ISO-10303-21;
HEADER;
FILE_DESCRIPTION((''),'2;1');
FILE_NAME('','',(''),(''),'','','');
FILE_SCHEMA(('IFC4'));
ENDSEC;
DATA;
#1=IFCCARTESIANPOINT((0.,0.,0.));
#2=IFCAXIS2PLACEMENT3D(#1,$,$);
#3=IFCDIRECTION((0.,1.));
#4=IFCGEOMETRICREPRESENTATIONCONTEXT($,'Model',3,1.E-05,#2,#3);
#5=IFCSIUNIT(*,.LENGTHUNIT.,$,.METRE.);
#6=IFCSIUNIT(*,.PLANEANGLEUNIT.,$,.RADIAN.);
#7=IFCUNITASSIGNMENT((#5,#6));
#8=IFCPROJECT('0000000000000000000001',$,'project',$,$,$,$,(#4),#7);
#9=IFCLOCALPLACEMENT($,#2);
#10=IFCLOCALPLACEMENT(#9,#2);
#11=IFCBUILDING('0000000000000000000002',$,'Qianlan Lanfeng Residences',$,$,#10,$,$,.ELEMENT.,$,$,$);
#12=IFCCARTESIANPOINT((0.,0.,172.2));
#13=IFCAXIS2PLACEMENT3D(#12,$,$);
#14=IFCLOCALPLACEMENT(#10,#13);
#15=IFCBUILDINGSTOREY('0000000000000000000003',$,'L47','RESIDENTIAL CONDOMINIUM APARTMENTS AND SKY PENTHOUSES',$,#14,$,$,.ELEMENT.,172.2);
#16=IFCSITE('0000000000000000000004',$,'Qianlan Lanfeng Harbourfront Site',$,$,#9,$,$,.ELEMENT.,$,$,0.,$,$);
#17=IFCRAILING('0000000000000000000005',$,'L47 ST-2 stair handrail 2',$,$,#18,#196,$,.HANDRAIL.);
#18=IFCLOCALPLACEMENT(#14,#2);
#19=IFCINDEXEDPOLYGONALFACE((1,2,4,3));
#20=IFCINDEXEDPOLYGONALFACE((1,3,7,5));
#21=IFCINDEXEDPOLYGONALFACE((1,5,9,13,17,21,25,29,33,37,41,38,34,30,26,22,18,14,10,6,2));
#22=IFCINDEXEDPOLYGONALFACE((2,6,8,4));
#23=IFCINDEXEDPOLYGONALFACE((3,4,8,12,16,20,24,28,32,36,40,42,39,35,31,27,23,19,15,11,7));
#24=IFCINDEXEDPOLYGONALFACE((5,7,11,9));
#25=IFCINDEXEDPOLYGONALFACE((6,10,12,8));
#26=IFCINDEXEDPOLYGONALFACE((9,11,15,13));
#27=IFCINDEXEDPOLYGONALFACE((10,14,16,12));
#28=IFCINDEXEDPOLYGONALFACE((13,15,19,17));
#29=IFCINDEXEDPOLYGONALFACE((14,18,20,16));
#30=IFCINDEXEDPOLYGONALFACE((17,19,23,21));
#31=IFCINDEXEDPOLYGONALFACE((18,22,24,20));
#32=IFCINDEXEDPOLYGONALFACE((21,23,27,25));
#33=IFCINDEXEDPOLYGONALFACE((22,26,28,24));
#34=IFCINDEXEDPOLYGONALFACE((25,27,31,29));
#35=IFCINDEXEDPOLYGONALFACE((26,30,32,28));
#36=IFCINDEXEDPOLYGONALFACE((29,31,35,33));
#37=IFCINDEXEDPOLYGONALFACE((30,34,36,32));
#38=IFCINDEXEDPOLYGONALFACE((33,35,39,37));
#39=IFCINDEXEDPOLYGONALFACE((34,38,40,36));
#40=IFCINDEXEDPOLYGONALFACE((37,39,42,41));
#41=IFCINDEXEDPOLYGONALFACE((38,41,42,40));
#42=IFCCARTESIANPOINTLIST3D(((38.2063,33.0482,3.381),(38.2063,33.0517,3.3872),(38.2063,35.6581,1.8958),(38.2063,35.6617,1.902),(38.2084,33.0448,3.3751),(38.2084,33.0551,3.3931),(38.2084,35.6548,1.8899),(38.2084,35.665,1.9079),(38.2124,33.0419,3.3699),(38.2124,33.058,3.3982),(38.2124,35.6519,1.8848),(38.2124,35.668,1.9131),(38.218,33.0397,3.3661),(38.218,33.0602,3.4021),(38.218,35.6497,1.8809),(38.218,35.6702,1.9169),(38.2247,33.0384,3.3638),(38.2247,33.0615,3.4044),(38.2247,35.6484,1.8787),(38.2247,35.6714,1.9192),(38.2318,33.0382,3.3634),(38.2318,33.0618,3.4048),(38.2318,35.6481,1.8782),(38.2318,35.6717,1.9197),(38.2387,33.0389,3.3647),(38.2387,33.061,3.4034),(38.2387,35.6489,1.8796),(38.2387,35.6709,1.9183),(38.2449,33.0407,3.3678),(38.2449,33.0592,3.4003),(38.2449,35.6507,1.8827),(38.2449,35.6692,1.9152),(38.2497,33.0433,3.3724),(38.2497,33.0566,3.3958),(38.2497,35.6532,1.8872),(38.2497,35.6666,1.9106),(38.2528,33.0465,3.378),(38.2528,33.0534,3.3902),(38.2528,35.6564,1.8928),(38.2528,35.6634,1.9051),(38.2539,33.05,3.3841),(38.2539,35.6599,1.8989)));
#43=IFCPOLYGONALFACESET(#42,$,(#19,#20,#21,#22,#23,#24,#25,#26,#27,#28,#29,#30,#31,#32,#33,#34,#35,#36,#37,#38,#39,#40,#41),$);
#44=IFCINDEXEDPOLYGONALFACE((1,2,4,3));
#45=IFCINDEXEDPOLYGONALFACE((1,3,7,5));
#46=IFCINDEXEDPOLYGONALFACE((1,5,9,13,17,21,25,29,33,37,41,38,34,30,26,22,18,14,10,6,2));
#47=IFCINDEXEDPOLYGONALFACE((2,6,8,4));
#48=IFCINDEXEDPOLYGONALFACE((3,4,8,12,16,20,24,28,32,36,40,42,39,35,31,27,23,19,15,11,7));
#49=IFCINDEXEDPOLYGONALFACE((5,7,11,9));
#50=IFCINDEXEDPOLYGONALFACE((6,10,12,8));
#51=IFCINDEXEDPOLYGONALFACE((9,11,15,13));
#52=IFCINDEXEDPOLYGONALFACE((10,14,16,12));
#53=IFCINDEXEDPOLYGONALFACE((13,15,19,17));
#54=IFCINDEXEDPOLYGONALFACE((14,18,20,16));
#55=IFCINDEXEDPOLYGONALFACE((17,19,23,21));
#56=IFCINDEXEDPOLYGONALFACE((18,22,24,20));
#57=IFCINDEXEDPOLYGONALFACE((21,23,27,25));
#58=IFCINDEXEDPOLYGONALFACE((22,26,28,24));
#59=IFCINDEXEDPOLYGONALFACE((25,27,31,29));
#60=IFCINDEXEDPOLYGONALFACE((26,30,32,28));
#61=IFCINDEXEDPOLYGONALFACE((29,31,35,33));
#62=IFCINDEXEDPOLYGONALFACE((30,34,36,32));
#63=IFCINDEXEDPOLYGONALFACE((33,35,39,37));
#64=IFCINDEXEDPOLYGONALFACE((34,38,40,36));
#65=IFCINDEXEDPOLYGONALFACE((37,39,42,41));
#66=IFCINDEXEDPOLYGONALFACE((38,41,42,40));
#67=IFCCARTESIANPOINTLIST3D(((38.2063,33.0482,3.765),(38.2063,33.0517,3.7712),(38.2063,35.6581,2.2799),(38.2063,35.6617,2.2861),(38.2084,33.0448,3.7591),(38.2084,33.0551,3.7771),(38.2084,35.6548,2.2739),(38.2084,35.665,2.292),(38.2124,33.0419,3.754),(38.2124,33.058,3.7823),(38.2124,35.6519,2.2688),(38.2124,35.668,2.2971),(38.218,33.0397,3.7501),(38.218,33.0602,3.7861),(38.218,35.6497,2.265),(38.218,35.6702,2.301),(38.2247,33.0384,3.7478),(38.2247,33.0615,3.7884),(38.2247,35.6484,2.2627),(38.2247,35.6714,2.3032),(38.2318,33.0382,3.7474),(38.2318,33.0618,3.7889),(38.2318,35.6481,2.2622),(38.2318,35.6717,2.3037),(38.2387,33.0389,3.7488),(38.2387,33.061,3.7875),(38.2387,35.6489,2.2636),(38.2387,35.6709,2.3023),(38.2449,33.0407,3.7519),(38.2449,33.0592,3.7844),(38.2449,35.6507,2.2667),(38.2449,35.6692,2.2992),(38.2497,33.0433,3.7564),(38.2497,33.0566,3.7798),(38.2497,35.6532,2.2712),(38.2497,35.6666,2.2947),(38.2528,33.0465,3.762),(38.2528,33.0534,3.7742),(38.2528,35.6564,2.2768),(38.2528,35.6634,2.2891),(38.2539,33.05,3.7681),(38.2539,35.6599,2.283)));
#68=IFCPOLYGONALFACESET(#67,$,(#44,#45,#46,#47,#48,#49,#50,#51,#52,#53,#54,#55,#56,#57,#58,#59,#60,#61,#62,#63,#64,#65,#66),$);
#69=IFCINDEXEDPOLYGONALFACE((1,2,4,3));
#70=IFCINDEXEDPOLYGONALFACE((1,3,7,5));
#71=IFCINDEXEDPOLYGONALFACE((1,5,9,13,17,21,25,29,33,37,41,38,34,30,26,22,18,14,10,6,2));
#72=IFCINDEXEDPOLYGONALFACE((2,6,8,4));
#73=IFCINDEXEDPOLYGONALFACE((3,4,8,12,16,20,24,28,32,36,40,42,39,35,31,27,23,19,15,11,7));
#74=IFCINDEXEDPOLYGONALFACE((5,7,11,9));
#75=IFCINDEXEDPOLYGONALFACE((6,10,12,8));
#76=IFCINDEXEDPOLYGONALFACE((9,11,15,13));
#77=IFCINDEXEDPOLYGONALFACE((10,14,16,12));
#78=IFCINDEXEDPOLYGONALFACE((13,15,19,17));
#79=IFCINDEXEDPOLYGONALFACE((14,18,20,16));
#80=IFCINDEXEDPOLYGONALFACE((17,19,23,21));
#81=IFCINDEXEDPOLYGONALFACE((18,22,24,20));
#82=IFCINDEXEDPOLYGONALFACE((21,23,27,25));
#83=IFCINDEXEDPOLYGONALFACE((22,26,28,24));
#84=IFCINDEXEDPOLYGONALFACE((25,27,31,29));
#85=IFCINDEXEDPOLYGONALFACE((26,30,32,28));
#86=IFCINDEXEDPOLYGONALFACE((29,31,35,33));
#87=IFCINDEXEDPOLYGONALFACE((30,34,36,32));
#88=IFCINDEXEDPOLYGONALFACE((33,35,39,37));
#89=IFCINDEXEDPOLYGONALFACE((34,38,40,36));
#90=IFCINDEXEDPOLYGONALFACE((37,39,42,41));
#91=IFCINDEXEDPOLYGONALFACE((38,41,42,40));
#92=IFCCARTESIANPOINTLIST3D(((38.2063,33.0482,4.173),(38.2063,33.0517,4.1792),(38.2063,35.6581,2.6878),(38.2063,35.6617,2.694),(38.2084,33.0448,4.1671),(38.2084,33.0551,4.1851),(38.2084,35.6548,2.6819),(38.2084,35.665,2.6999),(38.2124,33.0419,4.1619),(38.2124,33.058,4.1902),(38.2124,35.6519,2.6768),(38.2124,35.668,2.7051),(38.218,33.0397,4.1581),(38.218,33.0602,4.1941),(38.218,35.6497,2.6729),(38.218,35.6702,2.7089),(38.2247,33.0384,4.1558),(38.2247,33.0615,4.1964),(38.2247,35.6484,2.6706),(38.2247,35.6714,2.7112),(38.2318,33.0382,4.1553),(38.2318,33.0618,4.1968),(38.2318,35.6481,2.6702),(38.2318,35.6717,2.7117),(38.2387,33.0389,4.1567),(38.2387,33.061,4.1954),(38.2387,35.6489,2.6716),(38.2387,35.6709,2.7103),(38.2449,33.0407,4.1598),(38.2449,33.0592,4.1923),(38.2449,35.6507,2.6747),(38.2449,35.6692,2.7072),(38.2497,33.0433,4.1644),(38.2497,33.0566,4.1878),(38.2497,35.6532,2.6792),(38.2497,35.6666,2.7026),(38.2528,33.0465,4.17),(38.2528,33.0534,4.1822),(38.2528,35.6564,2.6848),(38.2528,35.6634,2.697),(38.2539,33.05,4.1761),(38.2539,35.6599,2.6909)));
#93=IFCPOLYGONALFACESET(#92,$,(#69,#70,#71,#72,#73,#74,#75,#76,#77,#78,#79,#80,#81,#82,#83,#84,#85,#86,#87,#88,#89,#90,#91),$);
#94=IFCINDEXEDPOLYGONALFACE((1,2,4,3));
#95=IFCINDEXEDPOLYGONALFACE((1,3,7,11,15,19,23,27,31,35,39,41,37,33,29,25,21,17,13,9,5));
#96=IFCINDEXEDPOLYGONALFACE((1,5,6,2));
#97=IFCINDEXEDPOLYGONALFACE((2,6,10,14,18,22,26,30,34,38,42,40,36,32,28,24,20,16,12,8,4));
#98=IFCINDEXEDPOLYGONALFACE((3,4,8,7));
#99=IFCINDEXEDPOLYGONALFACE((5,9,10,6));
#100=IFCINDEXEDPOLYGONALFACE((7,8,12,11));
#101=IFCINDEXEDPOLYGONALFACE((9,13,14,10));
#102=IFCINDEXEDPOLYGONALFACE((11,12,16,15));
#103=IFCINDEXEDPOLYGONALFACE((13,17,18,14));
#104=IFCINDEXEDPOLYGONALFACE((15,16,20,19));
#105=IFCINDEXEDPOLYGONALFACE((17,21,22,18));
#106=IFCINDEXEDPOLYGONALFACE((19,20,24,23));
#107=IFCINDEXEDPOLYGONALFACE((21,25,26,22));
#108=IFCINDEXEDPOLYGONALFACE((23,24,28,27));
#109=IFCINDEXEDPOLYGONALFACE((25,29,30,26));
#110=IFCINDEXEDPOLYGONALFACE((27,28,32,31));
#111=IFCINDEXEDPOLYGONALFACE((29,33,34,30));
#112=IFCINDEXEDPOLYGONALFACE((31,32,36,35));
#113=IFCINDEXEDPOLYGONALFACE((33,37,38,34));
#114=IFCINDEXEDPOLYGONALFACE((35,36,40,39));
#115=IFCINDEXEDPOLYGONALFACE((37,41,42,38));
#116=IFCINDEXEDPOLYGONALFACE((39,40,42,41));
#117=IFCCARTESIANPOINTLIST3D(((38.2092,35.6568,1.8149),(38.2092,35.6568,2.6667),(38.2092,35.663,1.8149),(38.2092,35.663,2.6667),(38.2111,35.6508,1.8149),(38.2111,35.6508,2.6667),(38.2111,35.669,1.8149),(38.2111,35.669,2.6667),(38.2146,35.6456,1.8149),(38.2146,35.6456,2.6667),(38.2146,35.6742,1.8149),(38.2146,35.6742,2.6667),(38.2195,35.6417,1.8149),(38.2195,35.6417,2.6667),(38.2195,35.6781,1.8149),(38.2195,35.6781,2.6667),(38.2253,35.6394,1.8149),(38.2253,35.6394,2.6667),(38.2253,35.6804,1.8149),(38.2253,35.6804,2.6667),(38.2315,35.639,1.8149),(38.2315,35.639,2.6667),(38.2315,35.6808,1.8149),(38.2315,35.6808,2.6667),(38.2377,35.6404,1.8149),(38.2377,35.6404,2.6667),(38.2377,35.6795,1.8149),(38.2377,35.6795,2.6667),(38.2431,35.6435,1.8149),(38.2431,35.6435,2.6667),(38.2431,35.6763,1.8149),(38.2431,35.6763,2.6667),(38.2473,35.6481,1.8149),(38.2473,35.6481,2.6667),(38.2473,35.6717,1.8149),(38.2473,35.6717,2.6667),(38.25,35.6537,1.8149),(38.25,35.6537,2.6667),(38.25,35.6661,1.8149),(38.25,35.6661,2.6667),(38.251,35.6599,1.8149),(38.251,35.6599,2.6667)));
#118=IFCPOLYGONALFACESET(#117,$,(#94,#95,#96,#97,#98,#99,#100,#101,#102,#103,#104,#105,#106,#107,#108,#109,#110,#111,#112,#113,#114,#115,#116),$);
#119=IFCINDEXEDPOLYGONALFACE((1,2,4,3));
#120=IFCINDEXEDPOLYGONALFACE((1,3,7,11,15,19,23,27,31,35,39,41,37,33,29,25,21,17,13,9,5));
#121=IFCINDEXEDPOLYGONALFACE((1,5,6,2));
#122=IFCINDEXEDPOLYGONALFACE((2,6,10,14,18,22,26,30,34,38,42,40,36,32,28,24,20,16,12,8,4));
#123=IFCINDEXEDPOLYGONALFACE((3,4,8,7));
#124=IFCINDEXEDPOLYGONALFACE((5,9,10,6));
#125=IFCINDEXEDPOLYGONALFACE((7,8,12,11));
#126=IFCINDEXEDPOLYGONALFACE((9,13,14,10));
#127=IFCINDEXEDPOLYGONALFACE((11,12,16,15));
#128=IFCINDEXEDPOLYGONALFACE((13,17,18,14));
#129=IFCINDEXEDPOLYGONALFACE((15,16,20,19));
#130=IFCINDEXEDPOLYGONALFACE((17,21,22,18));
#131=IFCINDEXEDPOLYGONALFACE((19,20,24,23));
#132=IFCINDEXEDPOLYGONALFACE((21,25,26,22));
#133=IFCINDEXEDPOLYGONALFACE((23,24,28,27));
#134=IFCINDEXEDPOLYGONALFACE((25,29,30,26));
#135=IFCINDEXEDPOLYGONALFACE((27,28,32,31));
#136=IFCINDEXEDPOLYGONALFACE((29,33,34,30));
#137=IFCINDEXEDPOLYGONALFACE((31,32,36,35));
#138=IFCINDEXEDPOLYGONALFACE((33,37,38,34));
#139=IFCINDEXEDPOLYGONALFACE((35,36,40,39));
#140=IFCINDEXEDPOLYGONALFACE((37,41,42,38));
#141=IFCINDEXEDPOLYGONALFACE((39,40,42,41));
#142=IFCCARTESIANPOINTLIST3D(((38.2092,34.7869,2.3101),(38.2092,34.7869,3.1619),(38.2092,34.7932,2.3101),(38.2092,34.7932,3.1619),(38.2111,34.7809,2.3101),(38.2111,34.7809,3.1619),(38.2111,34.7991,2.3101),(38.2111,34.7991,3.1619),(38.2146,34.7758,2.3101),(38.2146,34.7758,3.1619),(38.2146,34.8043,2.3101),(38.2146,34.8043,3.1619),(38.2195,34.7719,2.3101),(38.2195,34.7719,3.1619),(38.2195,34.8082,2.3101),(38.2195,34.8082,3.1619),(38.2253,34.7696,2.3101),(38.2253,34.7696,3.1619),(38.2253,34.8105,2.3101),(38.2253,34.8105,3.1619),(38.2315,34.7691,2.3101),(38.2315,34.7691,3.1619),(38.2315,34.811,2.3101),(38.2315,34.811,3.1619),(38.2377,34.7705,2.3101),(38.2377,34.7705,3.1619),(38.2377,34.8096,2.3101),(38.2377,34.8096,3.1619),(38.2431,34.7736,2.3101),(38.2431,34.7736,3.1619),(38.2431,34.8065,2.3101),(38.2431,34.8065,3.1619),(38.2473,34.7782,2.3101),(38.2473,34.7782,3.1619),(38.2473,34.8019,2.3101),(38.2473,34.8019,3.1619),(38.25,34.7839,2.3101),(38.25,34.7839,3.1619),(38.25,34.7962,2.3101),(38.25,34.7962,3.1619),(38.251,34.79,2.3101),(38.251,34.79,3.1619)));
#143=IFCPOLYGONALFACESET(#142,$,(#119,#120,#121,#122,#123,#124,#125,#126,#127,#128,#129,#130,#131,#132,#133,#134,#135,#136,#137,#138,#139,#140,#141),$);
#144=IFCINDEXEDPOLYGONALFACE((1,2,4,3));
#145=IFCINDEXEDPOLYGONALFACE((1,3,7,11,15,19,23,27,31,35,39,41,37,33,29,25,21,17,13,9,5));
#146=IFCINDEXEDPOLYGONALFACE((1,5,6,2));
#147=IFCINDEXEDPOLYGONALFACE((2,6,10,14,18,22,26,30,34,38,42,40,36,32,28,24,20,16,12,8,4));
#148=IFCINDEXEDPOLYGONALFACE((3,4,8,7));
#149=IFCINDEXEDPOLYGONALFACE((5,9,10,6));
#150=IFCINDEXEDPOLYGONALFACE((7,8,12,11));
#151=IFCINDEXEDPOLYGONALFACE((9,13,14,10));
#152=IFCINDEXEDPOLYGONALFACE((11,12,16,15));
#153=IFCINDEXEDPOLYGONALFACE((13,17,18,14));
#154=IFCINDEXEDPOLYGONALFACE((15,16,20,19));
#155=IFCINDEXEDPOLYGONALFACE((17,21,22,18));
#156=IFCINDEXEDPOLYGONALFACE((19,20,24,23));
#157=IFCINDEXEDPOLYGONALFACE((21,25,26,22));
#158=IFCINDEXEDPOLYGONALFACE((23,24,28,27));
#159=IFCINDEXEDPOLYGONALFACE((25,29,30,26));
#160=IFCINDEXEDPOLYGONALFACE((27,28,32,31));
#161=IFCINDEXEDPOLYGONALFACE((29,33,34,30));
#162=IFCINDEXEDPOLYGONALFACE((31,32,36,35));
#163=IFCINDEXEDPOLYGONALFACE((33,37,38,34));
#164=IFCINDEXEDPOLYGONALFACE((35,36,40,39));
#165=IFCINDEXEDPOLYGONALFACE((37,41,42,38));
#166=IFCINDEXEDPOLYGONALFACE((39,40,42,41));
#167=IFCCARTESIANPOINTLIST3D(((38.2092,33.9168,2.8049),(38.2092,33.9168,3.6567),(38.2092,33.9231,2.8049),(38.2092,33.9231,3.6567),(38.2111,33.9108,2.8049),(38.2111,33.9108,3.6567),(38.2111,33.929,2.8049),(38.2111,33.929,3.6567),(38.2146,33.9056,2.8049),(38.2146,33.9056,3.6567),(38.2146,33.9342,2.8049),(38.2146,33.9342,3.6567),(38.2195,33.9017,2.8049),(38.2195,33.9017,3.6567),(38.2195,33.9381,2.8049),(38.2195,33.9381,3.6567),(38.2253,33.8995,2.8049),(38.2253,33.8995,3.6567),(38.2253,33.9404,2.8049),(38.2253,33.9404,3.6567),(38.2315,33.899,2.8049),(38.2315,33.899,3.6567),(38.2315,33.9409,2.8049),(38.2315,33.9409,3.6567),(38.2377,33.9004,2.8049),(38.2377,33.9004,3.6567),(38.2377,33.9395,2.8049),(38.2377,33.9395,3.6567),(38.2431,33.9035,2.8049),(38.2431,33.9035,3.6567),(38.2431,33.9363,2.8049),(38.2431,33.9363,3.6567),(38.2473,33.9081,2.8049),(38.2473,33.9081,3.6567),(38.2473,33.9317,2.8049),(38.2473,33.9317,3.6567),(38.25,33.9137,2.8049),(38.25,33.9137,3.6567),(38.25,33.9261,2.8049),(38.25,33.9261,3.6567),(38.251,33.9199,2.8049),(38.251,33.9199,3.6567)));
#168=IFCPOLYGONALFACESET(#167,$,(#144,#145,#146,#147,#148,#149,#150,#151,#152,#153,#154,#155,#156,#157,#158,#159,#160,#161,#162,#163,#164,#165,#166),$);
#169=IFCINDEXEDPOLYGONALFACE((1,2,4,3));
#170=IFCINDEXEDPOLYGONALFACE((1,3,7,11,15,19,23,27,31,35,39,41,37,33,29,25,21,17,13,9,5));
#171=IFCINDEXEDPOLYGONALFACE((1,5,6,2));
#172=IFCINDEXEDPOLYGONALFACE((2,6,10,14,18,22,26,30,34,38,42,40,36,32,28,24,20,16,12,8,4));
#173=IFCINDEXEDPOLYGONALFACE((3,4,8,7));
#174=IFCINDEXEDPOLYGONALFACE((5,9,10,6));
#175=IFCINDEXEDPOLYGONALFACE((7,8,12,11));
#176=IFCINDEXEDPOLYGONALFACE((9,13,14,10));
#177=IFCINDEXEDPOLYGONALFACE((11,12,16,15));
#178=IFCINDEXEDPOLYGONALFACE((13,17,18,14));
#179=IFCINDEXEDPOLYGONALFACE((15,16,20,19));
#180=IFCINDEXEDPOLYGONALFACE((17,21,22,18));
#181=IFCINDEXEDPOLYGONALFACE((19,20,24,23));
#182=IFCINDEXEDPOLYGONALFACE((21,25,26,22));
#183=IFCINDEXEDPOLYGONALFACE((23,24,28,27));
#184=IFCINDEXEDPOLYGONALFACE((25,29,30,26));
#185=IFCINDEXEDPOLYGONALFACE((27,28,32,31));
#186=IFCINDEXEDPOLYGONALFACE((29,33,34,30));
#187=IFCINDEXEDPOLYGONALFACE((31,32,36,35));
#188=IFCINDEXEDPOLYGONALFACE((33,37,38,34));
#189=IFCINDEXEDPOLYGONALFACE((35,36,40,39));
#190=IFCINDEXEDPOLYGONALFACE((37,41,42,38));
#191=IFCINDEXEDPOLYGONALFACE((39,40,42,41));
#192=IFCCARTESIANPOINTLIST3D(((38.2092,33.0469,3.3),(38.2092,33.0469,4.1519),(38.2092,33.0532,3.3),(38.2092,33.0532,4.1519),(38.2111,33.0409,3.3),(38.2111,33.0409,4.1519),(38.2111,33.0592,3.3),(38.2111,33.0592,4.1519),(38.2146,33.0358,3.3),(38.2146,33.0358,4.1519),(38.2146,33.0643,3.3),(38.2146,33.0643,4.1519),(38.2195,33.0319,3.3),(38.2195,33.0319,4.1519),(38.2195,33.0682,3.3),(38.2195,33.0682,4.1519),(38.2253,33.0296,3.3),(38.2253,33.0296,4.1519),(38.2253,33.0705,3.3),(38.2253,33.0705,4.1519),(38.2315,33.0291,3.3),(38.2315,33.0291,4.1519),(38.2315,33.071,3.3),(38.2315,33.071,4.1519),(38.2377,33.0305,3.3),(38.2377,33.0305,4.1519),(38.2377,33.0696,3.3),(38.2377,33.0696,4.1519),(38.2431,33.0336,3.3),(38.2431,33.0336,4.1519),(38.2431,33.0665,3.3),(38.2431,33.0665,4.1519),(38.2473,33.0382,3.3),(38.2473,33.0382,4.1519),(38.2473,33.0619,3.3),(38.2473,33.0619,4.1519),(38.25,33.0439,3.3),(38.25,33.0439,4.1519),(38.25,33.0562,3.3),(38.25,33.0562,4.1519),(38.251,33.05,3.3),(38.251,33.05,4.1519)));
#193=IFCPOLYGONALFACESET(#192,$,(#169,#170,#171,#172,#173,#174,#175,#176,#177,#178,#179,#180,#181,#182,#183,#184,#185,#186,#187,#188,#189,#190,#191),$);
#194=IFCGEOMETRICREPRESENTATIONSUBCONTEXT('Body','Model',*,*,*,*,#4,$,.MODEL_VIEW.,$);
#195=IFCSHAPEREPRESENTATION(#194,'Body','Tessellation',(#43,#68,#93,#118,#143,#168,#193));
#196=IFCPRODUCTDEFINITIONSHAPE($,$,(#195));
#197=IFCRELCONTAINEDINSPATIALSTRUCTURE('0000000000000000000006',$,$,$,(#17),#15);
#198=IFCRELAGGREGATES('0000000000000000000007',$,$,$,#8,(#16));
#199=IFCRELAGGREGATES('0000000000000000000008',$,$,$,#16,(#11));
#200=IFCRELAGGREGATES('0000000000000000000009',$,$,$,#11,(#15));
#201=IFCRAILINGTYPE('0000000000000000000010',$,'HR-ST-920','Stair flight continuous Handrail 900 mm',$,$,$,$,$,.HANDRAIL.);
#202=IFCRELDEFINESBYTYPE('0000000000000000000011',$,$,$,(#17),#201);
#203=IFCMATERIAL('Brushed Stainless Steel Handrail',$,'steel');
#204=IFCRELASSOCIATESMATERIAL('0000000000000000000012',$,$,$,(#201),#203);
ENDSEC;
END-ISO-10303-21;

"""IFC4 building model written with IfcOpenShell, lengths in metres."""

from ifc_helpers import new_model, si_unit, direction, frame, origin, origin_2d, place, context, subcontext, project, spatial, circle, extrude, material, type_object, element, save


model = new_model("IFC4")

# Units and contexts
model_context = context("Model", 3, precision=1e-05, world=origin(), true_north=direction((0.0, 1.0)))
body_context = subcontext(model_context, "Body", "Model", "MODEL_VIEW")
ifc_project = project(units=[si_unit("LENGTHUNIT", "METRE"), si_unit("PLANEANGLEUNIT", "RADIAN")], contexts=[model_context])

# Site, building, storey
site_placement = place(None, origin())
site = spatial("IfcSite", under=ifc_project, at=site_placement, Name="Qianlan Lanfeng Harbourfront Site", CompositionType="ELEMENT", RefElevation=0.0)
building_placement = place(site_placement, origin())
building = spatial("IfcBuilding", under=site, at=building_placement, Name="Qianlan Lanfeng Residences", CompositionType="ELEMENT")
storey_placement = place(building_placement, frame((0.0, 0.0, 172.2)))
storey = spatial("IfcBuildingStorey", under=building, at=storey_placement, Name="L47", Description="RESIDENTIAL CONDOMINIUM APARTMENTS AND SKY PENTHOUSES", CompositionType="ELEMENT", Elevation=172.2)

# Railing
ifc_material_1 = material(Name="Brushed Stainless Steel Handrail", Category="steel")
railing_type_1 = type_object("IfcRailingType", Name="HR-ST-920", Description="Stair flight continuous Handrail 900 mm", PredefinedType="HANDRAIL", material=ifc_material_1)
railing_1_placement = place(storey_placement, frame((38.23, 35.6599, 1.8149)))
element("IfcRailing", 1, at=railing_1_placement, inside=storey, type_object=railing_type_1, Name="L47 ST-2 stair handrail 2", PredefinedType="HANDRAIL", context=body_context, shape_type="SweptSolid", body=[
    extrude(circle(Radius=0.0239, at=origin_2d()), frame((0.0, 0.0, 0.084), z_axis=(0.0, -0.869137, 0.494571), x_axis=(1.0, 0.0, 0.0)), (0.0, 0.0, 1.0), 3.0029),
    extrude(circle(Radius=0.0239, at=origin_2d()), frame((0.0, 0.0, 0.468), z_axis=(0.0, -0.869137, 0.494571), x_axis=(1.0, 0.0, 0.0)), (0.0, 0.0, 1.0), 3.0029),
    extrude(circle(Radius=0.0239, at=origin_2d()), frame((0.0, 0.0, 0.876), z_axis=(0.0, -0.869137, 0.494571), x_axis=(1.0, 0.0, 0.0)), (0.0, 0.0, 1.0), 3.0029),
    extrude(circle(Radius=0.021, at=origin_2d()), origin(), (0.0, 0.0, 1.0), 0.8518),
    extrude(circle(Radius=0.021, at=origin_2d()), frame((0.0, -0.8699, 0.4951)), (0.0, 0.0, 1.0), 0.8518),
    extrude(circle(Radius=0.021, at=origin_2d()), frame((0.0, -1.74, 0.99)), (0.0, 0.0, 1.0), 0.8518),
    extrude(circle(Radius=0.021, at=origin_2d()), frame((0.0, -2.6099, 1.4851)), (0.0, 0.0, 1.0), 0.8518),
])

save(model, "model.ifc")
